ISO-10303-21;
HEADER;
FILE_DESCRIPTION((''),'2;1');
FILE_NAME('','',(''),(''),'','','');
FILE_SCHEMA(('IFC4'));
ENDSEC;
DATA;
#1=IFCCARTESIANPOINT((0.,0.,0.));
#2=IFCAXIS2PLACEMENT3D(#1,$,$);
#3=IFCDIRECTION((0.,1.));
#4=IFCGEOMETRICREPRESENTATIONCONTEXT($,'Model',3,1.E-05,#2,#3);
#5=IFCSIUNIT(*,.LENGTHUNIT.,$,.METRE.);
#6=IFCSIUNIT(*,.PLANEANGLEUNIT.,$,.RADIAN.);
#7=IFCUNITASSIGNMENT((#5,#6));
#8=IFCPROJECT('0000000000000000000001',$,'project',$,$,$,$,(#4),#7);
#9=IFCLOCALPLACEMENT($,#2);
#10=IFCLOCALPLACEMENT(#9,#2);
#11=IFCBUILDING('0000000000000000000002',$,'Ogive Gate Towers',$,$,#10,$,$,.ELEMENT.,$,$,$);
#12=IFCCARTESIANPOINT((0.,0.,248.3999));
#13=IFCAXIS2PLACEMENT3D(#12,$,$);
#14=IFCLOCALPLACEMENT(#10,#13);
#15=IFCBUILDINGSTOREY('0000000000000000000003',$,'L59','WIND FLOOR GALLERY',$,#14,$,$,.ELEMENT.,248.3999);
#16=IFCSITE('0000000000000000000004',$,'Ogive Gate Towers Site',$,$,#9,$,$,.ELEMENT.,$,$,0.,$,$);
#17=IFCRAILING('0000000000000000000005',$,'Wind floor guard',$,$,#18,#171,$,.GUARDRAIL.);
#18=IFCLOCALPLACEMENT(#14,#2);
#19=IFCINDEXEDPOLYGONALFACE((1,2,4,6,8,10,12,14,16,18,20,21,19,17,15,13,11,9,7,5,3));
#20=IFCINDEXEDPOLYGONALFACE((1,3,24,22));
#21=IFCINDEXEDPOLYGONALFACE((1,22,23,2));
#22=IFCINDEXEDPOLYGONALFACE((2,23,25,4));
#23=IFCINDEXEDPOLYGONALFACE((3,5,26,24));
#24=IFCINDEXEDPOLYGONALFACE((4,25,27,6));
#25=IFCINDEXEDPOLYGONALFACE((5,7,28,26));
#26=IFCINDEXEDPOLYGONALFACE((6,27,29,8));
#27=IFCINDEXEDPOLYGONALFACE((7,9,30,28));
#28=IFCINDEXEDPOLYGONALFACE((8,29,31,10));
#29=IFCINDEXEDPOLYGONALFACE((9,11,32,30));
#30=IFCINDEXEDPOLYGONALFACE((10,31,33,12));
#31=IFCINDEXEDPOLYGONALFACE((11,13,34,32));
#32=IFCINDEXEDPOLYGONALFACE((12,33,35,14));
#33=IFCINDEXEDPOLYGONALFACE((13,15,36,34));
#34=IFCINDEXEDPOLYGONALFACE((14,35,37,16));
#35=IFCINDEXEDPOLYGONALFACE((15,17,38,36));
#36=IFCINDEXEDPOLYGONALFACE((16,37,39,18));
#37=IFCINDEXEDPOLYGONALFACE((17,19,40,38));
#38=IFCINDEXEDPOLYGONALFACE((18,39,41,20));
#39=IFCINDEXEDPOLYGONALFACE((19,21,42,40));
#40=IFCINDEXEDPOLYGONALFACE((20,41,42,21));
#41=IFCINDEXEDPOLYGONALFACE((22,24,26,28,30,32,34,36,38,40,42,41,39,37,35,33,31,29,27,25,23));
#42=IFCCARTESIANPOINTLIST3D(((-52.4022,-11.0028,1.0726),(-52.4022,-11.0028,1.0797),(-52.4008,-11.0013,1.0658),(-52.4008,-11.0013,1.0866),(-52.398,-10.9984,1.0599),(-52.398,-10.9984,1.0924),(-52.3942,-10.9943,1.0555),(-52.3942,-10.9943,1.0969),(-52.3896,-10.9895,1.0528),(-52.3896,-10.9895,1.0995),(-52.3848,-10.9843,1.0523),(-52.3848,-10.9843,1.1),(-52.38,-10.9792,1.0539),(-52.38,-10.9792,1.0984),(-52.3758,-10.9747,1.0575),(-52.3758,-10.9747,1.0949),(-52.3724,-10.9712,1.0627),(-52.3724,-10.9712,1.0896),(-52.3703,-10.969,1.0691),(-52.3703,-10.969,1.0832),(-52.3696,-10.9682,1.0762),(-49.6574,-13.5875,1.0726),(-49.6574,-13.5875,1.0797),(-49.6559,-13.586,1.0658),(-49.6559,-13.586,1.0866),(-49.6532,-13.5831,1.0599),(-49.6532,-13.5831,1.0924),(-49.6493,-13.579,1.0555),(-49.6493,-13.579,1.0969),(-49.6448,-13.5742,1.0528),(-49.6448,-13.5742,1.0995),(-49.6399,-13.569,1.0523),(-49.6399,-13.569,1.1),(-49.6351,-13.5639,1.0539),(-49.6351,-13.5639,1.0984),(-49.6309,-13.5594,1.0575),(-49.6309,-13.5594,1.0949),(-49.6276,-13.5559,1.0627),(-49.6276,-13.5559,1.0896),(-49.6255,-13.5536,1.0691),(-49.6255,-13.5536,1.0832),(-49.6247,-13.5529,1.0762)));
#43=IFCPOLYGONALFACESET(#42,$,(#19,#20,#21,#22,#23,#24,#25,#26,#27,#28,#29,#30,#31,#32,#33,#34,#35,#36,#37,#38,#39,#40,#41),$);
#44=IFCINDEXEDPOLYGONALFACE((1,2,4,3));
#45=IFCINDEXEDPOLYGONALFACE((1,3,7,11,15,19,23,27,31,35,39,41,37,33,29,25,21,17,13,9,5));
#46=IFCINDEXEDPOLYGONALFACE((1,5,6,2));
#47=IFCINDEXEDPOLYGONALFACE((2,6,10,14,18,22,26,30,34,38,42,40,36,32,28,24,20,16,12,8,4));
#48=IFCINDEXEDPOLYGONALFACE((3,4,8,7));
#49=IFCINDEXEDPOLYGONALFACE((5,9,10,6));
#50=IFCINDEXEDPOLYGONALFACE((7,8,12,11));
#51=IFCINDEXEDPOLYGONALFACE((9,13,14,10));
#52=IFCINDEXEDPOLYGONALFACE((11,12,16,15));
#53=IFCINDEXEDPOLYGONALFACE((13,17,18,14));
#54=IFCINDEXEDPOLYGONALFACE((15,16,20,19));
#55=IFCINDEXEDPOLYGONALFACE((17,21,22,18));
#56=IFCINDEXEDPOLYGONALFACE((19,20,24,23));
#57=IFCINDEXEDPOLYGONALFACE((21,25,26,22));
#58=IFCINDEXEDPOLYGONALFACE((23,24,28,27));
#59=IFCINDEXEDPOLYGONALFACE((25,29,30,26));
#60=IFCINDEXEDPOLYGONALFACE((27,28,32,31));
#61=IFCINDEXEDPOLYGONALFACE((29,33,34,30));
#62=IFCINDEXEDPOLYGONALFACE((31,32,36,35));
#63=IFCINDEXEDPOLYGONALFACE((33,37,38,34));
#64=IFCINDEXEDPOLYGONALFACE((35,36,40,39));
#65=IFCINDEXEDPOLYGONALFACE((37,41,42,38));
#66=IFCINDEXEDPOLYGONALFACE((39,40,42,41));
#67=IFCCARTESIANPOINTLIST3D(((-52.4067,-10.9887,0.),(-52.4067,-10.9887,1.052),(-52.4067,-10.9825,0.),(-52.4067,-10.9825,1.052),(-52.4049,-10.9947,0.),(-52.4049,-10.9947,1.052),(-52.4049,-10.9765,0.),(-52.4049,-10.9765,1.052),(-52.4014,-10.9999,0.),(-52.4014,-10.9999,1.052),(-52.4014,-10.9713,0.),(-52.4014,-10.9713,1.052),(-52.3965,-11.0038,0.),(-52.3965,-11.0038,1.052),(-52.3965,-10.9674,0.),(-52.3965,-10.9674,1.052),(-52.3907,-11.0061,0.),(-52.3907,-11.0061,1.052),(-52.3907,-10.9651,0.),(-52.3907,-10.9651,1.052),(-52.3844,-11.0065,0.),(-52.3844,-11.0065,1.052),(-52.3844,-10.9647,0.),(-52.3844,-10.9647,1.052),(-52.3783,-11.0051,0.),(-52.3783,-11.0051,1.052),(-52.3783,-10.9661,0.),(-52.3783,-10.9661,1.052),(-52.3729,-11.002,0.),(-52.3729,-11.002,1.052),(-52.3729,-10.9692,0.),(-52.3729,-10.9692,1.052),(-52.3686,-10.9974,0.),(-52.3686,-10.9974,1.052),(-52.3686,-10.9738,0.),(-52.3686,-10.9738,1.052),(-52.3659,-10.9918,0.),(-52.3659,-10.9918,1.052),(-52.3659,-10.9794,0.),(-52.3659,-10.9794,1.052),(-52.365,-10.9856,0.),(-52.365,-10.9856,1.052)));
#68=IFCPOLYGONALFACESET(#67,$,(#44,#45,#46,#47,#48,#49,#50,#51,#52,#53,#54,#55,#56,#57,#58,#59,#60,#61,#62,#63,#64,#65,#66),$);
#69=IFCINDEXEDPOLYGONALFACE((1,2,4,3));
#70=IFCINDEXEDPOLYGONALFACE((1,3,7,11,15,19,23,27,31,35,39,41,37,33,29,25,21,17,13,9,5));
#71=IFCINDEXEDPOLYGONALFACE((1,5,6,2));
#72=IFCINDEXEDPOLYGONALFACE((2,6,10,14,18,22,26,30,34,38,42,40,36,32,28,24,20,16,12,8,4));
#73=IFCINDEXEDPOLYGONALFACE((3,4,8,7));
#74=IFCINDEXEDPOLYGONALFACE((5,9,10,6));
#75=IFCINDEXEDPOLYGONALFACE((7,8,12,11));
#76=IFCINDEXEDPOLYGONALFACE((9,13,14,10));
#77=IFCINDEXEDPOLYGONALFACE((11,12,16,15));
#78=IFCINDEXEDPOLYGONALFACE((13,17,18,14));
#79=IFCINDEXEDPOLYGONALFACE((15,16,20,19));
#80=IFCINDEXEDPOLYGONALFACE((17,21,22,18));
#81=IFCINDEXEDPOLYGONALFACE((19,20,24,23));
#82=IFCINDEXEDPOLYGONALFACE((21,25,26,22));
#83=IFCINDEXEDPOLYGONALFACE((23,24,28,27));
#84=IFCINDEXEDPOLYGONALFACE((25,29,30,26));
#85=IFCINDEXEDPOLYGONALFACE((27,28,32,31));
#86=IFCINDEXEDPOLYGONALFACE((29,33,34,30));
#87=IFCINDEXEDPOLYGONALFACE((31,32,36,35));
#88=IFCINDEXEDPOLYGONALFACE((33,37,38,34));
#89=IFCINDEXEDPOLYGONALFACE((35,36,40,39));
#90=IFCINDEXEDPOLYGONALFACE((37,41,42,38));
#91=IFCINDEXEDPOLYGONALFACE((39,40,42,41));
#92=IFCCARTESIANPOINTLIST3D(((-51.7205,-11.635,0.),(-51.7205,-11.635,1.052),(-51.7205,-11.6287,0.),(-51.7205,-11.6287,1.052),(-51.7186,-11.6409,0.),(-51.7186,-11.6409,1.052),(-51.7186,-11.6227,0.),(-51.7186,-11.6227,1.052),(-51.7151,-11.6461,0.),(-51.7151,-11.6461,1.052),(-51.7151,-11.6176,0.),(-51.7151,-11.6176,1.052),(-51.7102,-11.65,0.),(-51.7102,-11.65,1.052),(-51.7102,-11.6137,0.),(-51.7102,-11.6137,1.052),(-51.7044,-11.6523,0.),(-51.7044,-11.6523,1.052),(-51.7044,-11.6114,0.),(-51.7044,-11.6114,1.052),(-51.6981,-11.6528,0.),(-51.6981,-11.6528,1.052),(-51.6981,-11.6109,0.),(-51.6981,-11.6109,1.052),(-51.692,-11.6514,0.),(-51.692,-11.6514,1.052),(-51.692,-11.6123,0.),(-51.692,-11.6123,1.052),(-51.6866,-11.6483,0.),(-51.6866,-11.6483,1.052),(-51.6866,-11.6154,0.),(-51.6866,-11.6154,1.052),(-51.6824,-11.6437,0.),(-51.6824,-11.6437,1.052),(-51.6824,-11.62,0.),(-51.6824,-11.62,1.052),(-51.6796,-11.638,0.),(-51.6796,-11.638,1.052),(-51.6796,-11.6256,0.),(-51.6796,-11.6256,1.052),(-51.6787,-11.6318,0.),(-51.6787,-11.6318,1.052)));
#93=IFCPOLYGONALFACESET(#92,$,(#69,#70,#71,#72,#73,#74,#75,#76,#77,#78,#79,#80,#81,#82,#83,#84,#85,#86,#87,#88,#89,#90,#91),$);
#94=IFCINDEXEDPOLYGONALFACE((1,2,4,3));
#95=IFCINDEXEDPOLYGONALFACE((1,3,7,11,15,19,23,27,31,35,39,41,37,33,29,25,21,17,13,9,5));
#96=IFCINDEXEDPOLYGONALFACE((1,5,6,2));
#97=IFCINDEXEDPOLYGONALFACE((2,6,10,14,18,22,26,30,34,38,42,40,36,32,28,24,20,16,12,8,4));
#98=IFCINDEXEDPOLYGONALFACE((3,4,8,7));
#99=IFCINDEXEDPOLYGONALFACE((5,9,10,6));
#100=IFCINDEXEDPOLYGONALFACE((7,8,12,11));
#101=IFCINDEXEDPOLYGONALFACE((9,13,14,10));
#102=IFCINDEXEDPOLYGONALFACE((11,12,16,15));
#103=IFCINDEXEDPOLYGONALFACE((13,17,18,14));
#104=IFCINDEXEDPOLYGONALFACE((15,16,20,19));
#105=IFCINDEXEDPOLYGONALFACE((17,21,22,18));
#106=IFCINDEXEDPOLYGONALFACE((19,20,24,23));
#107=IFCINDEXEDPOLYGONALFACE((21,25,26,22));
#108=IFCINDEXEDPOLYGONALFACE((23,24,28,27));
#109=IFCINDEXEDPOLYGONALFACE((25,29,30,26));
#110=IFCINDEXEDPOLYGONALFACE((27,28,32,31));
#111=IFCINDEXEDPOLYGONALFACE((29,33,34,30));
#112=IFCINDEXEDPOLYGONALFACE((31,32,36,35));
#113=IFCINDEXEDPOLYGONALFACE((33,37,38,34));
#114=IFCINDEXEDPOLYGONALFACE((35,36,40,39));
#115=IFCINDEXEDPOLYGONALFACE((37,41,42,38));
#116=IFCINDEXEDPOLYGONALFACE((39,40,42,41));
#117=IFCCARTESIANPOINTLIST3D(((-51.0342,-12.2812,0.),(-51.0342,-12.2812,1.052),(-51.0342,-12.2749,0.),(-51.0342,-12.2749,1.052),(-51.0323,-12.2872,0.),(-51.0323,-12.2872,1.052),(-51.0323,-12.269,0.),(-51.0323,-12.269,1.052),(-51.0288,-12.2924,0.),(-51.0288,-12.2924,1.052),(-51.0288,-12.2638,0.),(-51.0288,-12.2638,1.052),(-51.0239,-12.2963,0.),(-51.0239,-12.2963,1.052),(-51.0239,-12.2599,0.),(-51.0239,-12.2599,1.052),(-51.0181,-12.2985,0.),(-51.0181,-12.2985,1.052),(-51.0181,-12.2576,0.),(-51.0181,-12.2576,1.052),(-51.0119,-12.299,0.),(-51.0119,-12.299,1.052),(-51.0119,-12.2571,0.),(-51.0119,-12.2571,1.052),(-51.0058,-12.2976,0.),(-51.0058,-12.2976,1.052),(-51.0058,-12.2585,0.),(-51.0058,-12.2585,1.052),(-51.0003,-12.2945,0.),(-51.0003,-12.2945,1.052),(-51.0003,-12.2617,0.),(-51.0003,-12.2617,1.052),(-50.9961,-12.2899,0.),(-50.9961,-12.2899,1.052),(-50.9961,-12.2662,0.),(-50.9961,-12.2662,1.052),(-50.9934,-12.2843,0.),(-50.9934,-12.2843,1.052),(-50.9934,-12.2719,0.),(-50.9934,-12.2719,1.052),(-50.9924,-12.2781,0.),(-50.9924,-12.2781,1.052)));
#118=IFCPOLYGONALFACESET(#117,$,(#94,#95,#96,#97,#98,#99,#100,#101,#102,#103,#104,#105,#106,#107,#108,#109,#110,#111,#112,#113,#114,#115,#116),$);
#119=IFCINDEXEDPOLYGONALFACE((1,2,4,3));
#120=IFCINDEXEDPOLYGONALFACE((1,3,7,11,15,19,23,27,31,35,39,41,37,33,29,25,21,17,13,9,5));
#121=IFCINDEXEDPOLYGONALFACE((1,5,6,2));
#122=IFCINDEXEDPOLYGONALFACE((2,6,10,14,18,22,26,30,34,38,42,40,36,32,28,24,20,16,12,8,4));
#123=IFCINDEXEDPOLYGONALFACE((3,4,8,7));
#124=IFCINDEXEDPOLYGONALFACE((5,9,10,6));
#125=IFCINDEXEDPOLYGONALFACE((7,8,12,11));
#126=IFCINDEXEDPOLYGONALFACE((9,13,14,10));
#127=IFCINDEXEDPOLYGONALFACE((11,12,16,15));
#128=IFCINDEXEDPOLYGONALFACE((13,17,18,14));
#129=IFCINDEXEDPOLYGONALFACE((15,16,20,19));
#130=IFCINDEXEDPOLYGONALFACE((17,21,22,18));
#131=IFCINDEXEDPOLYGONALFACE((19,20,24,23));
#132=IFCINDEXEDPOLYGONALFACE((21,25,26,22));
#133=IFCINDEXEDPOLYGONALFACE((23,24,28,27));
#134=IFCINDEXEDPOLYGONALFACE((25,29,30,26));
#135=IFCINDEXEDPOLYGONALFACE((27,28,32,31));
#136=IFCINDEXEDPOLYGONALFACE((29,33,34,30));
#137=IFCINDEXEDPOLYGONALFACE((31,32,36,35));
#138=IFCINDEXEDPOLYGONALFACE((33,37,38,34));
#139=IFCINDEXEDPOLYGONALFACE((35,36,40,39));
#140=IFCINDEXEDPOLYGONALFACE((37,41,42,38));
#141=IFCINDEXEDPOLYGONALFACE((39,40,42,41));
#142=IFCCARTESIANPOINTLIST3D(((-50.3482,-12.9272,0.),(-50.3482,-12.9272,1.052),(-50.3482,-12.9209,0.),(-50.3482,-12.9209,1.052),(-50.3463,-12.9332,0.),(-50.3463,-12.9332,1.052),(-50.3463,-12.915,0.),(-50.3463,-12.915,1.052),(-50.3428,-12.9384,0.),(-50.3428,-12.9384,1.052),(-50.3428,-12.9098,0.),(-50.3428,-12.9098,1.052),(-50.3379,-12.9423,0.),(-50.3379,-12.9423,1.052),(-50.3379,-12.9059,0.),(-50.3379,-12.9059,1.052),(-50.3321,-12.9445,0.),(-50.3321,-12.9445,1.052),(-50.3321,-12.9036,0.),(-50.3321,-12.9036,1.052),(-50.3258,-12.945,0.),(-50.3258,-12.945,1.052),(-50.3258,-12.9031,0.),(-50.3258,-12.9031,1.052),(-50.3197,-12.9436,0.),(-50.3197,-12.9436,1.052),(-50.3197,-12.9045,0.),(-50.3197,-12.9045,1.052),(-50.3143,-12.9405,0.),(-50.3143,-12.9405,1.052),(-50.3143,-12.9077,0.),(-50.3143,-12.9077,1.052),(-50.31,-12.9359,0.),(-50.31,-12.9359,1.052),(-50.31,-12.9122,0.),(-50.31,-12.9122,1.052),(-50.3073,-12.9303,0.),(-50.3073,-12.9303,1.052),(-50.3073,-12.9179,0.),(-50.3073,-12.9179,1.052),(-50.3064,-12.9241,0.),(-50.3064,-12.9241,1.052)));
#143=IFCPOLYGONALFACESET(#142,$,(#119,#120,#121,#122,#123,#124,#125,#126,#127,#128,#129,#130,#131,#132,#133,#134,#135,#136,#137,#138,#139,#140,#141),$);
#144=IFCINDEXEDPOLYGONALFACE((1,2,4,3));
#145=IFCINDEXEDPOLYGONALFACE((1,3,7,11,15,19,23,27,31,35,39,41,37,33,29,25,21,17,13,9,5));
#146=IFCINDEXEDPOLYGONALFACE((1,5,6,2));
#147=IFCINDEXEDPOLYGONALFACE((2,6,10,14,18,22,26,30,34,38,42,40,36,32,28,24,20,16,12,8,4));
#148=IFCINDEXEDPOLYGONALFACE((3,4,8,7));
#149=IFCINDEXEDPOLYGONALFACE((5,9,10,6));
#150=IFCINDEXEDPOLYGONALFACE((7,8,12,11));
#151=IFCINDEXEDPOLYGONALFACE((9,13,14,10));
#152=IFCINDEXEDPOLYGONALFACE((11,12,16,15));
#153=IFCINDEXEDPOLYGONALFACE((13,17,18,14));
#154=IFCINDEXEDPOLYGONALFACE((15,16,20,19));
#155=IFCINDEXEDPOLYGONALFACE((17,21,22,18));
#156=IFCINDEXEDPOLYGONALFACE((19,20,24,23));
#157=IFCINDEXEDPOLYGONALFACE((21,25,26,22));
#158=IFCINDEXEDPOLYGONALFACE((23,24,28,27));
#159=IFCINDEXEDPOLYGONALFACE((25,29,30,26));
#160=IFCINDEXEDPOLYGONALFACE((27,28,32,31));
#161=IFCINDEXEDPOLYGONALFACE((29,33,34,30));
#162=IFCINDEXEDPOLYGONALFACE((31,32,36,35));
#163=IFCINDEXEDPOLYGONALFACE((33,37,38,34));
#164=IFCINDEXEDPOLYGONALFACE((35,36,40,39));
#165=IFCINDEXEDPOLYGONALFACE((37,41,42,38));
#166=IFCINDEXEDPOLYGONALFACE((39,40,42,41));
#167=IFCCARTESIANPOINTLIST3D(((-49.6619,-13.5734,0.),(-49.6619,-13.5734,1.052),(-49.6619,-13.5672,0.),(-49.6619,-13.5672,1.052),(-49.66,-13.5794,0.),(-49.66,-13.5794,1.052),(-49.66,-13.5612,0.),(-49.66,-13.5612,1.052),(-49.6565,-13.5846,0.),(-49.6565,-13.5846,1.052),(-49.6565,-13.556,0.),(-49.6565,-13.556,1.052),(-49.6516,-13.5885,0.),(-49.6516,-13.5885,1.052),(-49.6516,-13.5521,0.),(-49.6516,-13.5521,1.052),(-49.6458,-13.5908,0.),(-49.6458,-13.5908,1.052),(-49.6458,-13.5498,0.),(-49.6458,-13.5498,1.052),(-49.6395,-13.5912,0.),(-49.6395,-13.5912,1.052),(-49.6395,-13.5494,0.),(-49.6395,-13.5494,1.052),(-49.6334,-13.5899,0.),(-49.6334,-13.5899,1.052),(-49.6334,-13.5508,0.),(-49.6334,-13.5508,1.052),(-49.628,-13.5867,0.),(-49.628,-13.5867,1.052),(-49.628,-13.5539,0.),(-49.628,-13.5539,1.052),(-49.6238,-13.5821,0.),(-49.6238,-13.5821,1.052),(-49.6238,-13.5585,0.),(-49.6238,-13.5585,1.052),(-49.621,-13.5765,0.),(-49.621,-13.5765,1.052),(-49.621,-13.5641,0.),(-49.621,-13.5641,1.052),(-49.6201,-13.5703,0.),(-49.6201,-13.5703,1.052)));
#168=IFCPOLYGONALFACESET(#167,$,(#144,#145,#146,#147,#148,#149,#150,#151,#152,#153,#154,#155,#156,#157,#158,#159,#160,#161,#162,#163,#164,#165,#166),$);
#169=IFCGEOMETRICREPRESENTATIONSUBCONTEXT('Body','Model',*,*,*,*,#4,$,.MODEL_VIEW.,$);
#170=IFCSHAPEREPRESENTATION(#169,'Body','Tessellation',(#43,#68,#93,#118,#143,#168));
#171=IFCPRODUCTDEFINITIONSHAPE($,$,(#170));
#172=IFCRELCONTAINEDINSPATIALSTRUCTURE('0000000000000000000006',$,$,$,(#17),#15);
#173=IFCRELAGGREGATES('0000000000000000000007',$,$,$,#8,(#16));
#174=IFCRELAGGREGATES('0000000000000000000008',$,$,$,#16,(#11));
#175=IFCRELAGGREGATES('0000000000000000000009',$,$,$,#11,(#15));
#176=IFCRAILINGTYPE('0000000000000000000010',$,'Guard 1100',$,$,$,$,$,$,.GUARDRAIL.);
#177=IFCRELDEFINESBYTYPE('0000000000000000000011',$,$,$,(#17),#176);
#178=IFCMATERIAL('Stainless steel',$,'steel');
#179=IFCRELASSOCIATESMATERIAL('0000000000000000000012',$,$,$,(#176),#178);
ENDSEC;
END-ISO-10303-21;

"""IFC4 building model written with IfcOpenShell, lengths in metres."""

from ifc_helpers import new_model, si_unit, direction, frame, origin, origin_2d, place, context, subcontext, project, spatial, circle, extrude, material, type_object, element, save


model = new_model("IFC4")

# Units and contexts
model_context = context("Model", 3, precision=1e-05, world=origin(), true_north=direction((0.0, 1.0)))
body_context = subcontext(model_context, "Body", "Model", "MODEL_VIEW")
ifc_project = project(units=[si_unit("LENGTHUNIT", "METRE"), si_unit("PLANEANGLEUNIT", "RADIAN")], contexts=[model_context])

# Site, building, storey
site_placement = place(None, origin())
site = spatial("IfcSite", under=ifc_project, at=site_placement, Name="Ogive Gate Towers Site", CompositionType="ELEMENT", RefElevation=0.0)
building_placement = place(site_placement, origin())
building = spatial("IfcBuilding", under=site, at=building_placement, Name="Ogive Gate Towers", CompositionType="ELEMENT")
storey_placement = place(building_placement, frame((0.0, 0.0, 248.3999)))
storey = spatial("IfcBuildingStorey", under=building, at=storey_placement, Name="L59", Description="WIND FLOOR GALLERY", CompositionType="ELEMENT", Elevation=248.3999)

# Railing
ifc_material_1 = material(Name="Stainless steel", Category="steel")
railing_type = type_object("IfcRailingType", Name="Guard 1100", PredefinedType="GUARDRAIL", material=ifc_material_1)
railing_1_placement = place(storey_placement, frame((-52.386, -10.9856, 0.0)))
element("IfcRailing", 1, at=railing_1_placement, inside=storey, type_object=railing_type, Name="Wind floor guard", PredefinedType="GUARDRAIL", context=body_context, shape_type="SweptSolid", body=[
    extrude(circle(Radius=0.0239, at=origin_2d()), frame((0.0, 0.0, 1.0762), z_axis=(0.728027, -0.685548, 0.0), x_axis=(0.685548, 0.728027, 0.0)), (0.0, 0.0, 1.0), 3.7703),
    extrude(circle(Radius=0.021, at=origin_2d()), origin(), (0.0, 0.0, 1.0), 1.052),
    extrude(circle(Radius=0.021, at=origin_2d()), frame((0.6863, -0.6462, 0.0)), (0.0, 0.0, 1.0), 1.052),
    extrude(circle(Radius=0.021, at=origin_2d()), frame((1.3726, -1.2925, 0.0)), (0.0, 0.0, 1.0), 1.052),
    extrude(circle(Radius=0.021, at=origin_2d()), frame((2.0586, -1.9385, 0.0)), (0.0, 0.0, 1.0), 1.052),
    extrude(circle(Radius=0.021, at=origin_2d()), frame((2.7449, -2.5847, 0.0)), (0.0, 0.0, 1.0), 1.052),
])

save(model, "model.ifc")
